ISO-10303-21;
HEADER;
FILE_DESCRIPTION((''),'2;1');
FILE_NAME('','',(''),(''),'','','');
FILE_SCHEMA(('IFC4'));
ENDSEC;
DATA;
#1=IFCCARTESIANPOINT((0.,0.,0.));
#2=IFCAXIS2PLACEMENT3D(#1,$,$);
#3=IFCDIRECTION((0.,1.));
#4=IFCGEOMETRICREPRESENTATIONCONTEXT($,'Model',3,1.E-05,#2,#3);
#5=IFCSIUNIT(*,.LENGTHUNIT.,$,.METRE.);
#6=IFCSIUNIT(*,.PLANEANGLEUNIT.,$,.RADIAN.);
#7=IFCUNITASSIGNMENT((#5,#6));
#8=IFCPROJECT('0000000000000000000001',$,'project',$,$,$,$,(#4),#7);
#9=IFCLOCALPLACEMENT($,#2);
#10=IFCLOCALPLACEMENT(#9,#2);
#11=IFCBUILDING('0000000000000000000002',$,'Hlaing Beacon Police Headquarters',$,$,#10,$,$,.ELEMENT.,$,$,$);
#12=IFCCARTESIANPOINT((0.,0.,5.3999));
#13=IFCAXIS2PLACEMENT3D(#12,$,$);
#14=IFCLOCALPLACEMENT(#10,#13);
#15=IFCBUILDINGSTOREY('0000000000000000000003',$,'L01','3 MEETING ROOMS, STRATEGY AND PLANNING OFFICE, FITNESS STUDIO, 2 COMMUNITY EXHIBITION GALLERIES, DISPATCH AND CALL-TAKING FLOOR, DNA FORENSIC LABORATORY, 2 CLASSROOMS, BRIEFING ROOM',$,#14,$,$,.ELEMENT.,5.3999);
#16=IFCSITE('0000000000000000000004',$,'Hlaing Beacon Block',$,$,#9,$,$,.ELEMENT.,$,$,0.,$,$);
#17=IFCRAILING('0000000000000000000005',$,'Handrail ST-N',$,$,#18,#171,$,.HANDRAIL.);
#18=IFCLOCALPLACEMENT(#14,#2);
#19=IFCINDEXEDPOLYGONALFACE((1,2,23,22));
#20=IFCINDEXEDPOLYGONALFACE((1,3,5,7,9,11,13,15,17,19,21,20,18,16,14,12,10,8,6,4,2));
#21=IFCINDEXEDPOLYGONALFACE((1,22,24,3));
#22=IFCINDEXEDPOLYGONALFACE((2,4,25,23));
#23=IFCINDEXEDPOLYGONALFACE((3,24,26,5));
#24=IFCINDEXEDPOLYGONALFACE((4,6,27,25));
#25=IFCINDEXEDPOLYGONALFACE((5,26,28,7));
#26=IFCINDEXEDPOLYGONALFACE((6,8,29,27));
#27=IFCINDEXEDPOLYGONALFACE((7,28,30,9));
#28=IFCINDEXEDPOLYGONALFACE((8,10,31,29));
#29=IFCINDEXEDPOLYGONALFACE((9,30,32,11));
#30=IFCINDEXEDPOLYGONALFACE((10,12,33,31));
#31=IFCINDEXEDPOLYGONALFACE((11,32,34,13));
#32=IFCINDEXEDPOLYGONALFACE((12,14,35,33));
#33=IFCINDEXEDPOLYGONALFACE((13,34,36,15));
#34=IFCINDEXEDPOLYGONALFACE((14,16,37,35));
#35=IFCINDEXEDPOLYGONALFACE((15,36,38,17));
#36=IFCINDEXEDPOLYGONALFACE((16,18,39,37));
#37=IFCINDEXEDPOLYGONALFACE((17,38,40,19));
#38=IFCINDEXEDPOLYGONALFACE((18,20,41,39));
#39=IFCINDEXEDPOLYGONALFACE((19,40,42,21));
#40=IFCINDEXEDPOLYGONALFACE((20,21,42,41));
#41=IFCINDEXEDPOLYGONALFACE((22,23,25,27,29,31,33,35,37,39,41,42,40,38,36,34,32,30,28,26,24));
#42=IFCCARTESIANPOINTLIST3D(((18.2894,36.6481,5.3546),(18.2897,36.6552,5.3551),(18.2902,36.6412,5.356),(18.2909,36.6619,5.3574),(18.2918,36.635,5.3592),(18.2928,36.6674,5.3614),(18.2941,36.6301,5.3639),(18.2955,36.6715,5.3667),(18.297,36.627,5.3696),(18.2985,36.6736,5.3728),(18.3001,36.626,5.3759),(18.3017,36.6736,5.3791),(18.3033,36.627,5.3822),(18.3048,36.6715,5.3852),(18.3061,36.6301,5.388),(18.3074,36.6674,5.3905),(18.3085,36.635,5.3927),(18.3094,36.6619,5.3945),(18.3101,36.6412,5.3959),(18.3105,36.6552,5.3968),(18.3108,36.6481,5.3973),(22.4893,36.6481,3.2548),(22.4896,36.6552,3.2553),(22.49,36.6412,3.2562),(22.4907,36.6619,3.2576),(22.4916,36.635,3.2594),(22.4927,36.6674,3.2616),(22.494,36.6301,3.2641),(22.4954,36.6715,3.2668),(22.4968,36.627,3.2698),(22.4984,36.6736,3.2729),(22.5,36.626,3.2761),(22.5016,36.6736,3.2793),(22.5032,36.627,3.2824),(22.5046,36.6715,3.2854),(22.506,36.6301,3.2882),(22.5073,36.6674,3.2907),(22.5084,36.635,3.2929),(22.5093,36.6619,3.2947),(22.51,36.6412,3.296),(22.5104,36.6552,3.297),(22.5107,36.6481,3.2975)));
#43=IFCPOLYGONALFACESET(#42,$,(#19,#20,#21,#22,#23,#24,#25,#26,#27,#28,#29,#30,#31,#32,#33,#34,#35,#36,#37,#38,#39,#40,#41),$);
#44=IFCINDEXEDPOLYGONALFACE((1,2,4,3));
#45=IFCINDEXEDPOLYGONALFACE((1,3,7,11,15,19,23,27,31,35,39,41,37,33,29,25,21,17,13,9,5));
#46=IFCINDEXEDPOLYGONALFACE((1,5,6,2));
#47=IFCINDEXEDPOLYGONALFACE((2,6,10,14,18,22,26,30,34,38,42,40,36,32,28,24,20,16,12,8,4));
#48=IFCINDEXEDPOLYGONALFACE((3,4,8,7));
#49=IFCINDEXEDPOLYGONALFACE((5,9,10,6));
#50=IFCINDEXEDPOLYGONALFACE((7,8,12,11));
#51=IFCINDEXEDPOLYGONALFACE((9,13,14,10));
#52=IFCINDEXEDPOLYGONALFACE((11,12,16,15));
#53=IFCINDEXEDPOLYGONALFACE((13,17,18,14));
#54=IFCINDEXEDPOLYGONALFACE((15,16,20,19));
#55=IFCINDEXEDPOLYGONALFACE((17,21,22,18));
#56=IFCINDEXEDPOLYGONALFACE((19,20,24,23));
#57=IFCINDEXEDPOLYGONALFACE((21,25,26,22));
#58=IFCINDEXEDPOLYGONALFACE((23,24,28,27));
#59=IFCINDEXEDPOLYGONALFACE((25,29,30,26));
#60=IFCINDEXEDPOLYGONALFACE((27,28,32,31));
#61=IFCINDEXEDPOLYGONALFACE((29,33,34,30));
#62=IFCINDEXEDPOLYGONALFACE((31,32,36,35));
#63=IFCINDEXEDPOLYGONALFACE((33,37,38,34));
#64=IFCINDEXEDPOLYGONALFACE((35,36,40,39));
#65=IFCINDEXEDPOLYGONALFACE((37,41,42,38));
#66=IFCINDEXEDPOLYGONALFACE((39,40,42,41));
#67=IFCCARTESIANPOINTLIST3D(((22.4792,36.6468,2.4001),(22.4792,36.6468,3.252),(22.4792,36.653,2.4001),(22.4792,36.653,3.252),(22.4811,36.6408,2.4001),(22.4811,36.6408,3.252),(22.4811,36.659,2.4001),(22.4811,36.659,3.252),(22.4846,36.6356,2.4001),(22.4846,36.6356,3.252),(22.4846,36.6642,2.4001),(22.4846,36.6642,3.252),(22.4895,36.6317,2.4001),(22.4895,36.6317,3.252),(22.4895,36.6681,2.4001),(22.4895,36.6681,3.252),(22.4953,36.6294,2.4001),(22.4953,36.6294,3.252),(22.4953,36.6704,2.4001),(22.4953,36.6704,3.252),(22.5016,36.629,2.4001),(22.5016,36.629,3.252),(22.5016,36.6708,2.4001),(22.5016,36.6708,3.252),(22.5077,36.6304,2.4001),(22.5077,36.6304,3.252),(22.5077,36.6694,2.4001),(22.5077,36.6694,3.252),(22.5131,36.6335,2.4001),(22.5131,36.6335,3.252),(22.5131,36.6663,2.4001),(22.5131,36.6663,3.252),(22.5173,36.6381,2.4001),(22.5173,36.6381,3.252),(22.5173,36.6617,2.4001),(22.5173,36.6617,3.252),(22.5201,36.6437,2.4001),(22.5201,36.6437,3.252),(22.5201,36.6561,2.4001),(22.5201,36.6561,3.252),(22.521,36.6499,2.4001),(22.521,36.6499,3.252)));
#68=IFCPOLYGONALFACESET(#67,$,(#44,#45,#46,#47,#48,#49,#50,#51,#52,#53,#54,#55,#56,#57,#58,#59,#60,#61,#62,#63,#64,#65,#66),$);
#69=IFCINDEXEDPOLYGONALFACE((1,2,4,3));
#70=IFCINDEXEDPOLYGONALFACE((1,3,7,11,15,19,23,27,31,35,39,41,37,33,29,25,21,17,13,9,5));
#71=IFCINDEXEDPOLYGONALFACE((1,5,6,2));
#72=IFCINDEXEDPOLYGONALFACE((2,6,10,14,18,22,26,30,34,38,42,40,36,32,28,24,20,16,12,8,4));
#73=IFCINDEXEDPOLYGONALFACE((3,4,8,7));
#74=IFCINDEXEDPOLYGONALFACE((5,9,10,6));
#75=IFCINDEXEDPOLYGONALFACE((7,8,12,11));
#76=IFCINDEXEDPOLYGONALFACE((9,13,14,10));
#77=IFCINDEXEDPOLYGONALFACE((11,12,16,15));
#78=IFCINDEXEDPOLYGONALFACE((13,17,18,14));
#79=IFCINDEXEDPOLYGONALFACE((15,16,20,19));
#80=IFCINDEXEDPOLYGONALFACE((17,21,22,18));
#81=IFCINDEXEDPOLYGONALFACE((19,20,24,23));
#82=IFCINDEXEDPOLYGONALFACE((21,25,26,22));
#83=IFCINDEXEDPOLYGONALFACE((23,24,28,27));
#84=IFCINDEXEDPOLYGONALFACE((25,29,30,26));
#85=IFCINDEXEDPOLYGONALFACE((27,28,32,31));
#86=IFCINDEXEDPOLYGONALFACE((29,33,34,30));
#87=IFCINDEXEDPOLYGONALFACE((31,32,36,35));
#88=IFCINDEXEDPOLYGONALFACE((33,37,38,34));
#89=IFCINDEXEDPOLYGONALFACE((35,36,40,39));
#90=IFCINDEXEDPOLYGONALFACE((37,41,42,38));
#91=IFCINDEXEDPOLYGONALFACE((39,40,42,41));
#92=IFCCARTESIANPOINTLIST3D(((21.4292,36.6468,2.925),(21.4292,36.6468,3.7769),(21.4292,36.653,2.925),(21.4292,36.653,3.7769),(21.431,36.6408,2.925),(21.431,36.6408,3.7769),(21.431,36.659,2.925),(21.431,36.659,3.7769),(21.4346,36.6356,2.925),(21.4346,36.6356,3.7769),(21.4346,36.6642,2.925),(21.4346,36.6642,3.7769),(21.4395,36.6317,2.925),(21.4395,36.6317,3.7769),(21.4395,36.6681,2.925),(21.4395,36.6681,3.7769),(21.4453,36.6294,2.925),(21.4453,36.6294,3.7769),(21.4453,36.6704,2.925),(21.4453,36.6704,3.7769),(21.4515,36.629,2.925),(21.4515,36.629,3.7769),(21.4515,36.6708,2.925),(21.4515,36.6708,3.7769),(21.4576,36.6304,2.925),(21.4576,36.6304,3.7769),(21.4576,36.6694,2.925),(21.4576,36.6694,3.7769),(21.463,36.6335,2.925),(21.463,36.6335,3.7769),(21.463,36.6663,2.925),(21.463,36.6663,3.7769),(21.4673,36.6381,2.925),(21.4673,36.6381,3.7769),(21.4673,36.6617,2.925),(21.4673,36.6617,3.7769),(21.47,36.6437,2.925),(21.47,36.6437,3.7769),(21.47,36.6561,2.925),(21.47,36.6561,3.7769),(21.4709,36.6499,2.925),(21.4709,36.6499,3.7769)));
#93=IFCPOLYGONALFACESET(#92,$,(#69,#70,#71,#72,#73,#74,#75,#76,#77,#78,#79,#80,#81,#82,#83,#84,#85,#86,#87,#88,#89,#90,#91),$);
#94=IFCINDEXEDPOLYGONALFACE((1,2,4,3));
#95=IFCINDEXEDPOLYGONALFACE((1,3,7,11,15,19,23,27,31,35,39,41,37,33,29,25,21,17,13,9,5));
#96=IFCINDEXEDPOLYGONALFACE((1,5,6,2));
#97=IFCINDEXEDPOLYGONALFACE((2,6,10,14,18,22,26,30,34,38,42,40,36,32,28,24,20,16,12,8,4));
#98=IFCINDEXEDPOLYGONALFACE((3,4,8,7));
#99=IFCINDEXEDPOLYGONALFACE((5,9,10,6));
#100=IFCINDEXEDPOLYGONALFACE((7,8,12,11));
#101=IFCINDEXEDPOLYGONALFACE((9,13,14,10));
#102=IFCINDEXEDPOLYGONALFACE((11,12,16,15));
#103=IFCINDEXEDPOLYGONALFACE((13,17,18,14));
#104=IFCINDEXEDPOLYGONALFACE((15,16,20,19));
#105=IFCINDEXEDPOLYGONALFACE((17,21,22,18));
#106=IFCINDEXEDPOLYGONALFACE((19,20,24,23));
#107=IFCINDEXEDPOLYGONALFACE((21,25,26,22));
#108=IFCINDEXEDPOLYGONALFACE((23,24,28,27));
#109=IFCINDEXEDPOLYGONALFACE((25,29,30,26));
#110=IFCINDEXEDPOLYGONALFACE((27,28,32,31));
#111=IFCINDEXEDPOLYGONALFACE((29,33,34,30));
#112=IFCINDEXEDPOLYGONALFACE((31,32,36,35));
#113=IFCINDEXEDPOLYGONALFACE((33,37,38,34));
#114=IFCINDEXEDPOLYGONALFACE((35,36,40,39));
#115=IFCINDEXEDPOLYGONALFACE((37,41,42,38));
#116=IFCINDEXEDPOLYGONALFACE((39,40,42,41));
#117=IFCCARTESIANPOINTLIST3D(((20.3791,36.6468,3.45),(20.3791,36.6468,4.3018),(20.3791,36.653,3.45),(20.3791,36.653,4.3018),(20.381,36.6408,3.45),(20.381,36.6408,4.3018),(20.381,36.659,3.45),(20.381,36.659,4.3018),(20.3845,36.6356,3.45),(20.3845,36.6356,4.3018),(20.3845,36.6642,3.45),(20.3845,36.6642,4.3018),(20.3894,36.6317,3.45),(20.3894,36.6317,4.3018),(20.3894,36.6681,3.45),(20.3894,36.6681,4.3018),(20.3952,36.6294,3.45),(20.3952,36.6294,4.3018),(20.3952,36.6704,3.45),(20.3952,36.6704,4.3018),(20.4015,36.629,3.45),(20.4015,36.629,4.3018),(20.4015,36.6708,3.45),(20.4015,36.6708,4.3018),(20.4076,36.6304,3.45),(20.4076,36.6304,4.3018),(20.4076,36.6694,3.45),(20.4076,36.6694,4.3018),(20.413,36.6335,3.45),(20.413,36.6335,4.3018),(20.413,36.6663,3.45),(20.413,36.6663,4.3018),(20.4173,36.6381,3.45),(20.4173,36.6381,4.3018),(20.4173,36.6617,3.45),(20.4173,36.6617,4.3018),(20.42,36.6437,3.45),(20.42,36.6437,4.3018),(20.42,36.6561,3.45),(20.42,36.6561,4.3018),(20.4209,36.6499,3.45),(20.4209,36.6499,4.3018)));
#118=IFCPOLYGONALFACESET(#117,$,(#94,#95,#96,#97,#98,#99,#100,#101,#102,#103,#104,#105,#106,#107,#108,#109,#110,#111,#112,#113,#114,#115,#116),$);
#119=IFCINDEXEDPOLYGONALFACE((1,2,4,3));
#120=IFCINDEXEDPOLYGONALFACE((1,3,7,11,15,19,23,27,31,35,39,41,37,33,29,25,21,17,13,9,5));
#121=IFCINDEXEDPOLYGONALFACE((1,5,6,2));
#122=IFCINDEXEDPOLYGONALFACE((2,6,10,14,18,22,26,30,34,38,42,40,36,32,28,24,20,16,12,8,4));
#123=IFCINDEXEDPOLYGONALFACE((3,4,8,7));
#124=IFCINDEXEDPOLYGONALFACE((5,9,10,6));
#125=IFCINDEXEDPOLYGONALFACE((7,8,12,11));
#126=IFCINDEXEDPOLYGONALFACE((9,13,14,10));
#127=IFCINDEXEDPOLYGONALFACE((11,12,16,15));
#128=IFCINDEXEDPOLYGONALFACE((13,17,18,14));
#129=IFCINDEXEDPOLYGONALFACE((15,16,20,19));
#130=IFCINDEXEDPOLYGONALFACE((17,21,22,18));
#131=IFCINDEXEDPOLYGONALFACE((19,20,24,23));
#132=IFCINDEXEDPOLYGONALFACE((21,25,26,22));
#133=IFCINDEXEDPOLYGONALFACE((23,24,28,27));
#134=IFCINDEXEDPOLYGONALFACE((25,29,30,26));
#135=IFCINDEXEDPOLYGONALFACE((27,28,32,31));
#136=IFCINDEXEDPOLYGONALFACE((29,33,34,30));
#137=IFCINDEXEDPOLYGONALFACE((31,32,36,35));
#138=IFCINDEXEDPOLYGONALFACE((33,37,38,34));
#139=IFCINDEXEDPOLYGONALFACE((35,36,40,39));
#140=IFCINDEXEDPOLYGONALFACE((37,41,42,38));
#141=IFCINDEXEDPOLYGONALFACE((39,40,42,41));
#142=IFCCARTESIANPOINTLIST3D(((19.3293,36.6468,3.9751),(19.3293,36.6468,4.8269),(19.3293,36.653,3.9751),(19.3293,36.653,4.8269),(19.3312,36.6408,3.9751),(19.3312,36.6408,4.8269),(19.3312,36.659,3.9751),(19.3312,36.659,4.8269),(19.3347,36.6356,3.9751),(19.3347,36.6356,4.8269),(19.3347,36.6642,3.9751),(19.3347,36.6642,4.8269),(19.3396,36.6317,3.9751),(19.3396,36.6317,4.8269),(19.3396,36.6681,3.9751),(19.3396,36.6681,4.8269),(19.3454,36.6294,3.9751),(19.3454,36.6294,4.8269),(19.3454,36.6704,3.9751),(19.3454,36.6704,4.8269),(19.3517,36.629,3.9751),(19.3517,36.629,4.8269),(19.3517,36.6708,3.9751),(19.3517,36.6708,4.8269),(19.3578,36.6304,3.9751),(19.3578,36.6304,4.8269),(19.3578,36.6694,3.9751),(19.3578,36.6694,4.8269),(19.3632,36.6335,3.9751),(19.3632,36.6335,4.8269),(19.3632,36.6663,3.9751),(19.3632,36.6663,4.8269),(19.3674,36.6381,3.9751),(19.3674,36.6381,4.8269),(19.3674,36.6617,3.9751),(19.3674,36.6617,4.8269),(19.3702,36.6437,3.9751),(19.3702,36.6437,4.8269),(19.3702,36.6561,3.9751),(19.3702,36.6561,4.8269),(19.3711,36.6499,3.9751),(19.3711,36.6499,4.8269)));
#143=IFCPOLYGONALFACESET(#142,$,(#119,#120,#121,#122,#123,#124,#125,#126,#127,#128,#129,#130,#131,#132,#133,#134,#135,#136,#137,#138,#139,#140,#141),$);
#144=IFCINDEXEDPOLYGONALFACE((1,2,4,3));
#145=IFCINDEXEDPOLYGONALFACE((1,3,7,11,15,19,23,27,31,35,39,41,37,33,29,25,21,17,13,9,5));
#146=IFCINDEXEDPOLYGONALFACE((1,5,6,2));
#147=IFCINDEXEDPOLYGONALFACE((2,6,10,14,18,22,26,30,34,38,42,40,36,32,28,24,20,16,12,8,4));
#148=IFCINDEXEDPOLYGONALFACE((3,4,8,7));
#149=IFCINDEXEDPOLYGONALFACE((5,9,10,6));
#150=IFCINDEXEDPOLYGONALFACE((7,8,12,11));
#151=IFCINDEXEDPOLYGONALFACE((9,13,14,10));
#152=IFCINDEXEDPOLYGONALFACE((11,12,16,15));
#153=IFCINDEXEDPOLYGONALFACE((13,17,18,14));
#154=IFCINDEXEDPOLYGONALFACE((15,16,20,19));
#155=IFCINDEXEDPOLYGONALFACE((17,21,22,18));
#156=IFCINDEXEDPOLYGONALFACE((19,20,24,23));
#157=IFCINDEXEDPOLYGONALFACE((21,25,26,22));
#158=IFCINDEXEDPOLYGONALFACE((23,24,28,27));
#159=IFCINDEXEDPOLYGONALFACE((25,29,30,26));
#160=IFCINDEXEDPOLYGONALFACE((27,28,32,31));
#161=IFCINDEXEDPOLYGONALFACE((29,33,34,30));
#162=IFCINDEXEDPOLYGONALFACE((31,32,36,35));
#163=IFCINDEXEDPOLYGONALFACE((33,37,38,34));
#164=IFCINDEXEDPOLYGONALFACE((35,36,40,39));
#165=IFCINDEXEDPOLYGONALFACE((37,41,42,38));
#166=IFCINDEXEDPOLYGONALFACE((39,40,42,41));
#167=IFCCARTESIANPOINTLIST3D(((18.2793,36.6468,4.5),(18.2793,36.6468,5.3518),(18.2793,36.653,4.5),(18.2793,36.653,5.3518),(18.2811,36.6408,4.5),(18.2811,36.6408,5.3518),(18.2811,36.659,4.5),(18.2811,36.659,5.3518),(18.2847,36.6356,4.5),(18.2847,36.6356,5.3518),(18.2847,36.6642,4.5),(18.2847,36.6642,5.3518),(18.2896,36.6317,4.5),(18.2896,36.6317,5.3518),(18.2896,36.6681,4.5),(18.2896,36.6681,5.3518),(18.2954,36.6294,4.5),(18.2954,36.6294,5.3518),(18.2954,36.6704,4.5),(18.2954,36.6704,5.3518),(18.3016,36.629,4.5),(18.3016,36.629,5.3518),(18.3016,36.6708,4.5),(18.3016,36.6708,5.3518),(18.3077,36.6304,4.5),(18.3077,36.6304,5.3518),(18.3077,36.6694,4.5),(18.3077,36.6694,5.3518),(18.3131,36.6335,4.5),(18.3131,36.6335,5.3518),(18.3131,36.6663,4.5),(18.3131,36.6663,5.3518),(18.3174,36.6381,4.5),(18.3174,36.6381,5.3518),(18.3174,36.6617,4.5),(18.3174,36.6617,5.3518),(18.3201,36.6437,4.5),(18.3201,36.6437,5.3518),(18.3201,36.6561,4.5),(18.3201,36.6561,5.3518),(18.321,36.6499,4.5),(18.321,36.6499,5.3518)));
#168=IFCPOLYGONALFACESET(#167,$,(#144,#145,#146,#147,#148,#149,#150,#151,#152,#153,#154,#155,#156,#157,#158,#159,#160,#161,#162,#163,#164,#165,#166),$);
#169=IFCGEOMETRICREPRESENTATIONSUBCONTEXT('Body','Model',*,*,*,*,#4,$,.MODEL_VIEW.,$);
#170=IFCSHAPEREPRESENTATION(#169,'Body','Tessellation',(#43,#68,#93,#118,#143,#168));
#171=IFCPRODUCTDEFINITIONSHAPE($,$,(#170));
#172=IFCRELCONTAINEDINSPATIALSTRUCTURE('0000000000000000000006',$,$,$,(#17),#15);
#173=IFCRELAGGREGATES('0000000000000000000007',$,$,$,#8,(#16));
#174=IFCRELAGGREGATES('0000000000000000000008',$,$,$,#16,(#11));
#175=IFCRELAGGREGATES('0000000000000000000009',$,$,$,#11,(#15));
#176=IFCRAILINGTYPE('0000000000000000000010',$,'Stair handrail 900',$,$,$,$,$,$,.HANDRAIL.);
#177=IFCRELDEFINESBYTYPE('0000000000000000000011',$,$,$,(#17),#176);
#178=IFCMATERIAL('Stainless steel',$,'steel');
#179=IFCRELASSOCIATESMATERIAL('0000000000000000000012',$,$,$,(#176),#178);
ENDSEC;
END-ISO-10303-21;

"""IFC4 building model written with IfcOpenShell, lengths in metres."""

from ifc_helpers import new_model, si_unit, direction, frame, origin, origin_2d, place, context, subcontext, project, spatial, circle, extrude, material, type_object, element, save


model = new_model("IFC4")

# Units and contexts
model_context = context("Model", 3, precision=1e-05, world=origin(), true_north=direction((0.0, 1.0)))
body_context = subcontext(model_context, "Body", "Model", "MODEL_VIEW")
ifc_project = project(units=[si_unit("LENGTHUNIT", "METRE"), si_unit("PLANEANGLEUNIT", "RADIAN")], contexts=[model_context])

# Site, building, storey
site_placement = place(None, origin())
site = spatial("IfcSite", under=ifc_project, at=site_placement, Name="Hlaing Beacon Block", CompositionType="ELEMENT", RefElevation=0.0)
building_placement = place(site_placement, origin())
building = spatial("IfcBuilding", under=site, at=building_placement, Name="Hlaing Beacon Police Headquarters", CompositionType="ELEMENT")
storey_placement = place(building_placement, frame((0.0, 0.0, 5.3999)))
storey = spatial("IfcBuildingStorey", under=building, at=storey_placement, Name="L01", Description="3 MEETING ROOMS, STRATEGY AND PLANNING OFFICE, FITNESS STUDIO, 2 COMMUNITY EXHIBITION GALLERIES, DISPATCH AND CALL-TAKING FLOOR, DNA FORENSIC LABORATORY, 2 CLASSROOMS, BRIEFING ROOM", CompositionType="ELEMENT", Elevation=5.3999)

# Railing
ifc_material_1 = material(Name="Stainless steel", Category="steel")
railing_type = type_object("IfcRailingType", Name="Stair handrail 900", PredefinedType="HANDRAIL", material=ifc_material_1)
for number, where, name in (
    (1, (22.5, 36.6499, 2.4001), "Handrail ST-N"),
):
    element("IfcRailing", number, at=place(storey_placement, frame(where)), inside=storey, type_object=railing_type, Name=name, PredefinedType="HANDRAIL", context=body_context, shape_type="SweptSolid", body=[
        extrude(circle(Radius=0.0239, at=origin_2d()), frame((0.0, 0.0, 0.876), z_axis=(-0.894438, 0.0, 0.447193), x_axis=(0.0, -1.0, 0.0)), (0.0, 0.0, 1.0), 4.6956),
        extrude(circle(Radius=0.021, at=origin_2d()), origin(), (0.0, 0.0, 1.0), 0.8518),
        extrude(circle(Radius=0.021, at=origin_2d()), frame((-1.05, 0.0, 0.5249)), (0.0, 0.0, 1.0), 0.8518),
        extrude(circle(Radius=0.021, at=origin_2d()), frame((-2.1001, 0.0, 1.0498)), (0.0, 0.0, 1.0), 0.8518),
        extrude(circle(Radius=0.021, at=origin_2d()), frame((-3.1499, 0.0, 1.575)), (0.0, 0.0, 1.0), 0.8518),
        extrude(circle(Radius=0.021, at=origin_2d()), frame((-4.2, 0.0, 2.0999)), (0.0, 0.0, 1.0), 0.8518),
    ])

save(model, "model.ifc")
